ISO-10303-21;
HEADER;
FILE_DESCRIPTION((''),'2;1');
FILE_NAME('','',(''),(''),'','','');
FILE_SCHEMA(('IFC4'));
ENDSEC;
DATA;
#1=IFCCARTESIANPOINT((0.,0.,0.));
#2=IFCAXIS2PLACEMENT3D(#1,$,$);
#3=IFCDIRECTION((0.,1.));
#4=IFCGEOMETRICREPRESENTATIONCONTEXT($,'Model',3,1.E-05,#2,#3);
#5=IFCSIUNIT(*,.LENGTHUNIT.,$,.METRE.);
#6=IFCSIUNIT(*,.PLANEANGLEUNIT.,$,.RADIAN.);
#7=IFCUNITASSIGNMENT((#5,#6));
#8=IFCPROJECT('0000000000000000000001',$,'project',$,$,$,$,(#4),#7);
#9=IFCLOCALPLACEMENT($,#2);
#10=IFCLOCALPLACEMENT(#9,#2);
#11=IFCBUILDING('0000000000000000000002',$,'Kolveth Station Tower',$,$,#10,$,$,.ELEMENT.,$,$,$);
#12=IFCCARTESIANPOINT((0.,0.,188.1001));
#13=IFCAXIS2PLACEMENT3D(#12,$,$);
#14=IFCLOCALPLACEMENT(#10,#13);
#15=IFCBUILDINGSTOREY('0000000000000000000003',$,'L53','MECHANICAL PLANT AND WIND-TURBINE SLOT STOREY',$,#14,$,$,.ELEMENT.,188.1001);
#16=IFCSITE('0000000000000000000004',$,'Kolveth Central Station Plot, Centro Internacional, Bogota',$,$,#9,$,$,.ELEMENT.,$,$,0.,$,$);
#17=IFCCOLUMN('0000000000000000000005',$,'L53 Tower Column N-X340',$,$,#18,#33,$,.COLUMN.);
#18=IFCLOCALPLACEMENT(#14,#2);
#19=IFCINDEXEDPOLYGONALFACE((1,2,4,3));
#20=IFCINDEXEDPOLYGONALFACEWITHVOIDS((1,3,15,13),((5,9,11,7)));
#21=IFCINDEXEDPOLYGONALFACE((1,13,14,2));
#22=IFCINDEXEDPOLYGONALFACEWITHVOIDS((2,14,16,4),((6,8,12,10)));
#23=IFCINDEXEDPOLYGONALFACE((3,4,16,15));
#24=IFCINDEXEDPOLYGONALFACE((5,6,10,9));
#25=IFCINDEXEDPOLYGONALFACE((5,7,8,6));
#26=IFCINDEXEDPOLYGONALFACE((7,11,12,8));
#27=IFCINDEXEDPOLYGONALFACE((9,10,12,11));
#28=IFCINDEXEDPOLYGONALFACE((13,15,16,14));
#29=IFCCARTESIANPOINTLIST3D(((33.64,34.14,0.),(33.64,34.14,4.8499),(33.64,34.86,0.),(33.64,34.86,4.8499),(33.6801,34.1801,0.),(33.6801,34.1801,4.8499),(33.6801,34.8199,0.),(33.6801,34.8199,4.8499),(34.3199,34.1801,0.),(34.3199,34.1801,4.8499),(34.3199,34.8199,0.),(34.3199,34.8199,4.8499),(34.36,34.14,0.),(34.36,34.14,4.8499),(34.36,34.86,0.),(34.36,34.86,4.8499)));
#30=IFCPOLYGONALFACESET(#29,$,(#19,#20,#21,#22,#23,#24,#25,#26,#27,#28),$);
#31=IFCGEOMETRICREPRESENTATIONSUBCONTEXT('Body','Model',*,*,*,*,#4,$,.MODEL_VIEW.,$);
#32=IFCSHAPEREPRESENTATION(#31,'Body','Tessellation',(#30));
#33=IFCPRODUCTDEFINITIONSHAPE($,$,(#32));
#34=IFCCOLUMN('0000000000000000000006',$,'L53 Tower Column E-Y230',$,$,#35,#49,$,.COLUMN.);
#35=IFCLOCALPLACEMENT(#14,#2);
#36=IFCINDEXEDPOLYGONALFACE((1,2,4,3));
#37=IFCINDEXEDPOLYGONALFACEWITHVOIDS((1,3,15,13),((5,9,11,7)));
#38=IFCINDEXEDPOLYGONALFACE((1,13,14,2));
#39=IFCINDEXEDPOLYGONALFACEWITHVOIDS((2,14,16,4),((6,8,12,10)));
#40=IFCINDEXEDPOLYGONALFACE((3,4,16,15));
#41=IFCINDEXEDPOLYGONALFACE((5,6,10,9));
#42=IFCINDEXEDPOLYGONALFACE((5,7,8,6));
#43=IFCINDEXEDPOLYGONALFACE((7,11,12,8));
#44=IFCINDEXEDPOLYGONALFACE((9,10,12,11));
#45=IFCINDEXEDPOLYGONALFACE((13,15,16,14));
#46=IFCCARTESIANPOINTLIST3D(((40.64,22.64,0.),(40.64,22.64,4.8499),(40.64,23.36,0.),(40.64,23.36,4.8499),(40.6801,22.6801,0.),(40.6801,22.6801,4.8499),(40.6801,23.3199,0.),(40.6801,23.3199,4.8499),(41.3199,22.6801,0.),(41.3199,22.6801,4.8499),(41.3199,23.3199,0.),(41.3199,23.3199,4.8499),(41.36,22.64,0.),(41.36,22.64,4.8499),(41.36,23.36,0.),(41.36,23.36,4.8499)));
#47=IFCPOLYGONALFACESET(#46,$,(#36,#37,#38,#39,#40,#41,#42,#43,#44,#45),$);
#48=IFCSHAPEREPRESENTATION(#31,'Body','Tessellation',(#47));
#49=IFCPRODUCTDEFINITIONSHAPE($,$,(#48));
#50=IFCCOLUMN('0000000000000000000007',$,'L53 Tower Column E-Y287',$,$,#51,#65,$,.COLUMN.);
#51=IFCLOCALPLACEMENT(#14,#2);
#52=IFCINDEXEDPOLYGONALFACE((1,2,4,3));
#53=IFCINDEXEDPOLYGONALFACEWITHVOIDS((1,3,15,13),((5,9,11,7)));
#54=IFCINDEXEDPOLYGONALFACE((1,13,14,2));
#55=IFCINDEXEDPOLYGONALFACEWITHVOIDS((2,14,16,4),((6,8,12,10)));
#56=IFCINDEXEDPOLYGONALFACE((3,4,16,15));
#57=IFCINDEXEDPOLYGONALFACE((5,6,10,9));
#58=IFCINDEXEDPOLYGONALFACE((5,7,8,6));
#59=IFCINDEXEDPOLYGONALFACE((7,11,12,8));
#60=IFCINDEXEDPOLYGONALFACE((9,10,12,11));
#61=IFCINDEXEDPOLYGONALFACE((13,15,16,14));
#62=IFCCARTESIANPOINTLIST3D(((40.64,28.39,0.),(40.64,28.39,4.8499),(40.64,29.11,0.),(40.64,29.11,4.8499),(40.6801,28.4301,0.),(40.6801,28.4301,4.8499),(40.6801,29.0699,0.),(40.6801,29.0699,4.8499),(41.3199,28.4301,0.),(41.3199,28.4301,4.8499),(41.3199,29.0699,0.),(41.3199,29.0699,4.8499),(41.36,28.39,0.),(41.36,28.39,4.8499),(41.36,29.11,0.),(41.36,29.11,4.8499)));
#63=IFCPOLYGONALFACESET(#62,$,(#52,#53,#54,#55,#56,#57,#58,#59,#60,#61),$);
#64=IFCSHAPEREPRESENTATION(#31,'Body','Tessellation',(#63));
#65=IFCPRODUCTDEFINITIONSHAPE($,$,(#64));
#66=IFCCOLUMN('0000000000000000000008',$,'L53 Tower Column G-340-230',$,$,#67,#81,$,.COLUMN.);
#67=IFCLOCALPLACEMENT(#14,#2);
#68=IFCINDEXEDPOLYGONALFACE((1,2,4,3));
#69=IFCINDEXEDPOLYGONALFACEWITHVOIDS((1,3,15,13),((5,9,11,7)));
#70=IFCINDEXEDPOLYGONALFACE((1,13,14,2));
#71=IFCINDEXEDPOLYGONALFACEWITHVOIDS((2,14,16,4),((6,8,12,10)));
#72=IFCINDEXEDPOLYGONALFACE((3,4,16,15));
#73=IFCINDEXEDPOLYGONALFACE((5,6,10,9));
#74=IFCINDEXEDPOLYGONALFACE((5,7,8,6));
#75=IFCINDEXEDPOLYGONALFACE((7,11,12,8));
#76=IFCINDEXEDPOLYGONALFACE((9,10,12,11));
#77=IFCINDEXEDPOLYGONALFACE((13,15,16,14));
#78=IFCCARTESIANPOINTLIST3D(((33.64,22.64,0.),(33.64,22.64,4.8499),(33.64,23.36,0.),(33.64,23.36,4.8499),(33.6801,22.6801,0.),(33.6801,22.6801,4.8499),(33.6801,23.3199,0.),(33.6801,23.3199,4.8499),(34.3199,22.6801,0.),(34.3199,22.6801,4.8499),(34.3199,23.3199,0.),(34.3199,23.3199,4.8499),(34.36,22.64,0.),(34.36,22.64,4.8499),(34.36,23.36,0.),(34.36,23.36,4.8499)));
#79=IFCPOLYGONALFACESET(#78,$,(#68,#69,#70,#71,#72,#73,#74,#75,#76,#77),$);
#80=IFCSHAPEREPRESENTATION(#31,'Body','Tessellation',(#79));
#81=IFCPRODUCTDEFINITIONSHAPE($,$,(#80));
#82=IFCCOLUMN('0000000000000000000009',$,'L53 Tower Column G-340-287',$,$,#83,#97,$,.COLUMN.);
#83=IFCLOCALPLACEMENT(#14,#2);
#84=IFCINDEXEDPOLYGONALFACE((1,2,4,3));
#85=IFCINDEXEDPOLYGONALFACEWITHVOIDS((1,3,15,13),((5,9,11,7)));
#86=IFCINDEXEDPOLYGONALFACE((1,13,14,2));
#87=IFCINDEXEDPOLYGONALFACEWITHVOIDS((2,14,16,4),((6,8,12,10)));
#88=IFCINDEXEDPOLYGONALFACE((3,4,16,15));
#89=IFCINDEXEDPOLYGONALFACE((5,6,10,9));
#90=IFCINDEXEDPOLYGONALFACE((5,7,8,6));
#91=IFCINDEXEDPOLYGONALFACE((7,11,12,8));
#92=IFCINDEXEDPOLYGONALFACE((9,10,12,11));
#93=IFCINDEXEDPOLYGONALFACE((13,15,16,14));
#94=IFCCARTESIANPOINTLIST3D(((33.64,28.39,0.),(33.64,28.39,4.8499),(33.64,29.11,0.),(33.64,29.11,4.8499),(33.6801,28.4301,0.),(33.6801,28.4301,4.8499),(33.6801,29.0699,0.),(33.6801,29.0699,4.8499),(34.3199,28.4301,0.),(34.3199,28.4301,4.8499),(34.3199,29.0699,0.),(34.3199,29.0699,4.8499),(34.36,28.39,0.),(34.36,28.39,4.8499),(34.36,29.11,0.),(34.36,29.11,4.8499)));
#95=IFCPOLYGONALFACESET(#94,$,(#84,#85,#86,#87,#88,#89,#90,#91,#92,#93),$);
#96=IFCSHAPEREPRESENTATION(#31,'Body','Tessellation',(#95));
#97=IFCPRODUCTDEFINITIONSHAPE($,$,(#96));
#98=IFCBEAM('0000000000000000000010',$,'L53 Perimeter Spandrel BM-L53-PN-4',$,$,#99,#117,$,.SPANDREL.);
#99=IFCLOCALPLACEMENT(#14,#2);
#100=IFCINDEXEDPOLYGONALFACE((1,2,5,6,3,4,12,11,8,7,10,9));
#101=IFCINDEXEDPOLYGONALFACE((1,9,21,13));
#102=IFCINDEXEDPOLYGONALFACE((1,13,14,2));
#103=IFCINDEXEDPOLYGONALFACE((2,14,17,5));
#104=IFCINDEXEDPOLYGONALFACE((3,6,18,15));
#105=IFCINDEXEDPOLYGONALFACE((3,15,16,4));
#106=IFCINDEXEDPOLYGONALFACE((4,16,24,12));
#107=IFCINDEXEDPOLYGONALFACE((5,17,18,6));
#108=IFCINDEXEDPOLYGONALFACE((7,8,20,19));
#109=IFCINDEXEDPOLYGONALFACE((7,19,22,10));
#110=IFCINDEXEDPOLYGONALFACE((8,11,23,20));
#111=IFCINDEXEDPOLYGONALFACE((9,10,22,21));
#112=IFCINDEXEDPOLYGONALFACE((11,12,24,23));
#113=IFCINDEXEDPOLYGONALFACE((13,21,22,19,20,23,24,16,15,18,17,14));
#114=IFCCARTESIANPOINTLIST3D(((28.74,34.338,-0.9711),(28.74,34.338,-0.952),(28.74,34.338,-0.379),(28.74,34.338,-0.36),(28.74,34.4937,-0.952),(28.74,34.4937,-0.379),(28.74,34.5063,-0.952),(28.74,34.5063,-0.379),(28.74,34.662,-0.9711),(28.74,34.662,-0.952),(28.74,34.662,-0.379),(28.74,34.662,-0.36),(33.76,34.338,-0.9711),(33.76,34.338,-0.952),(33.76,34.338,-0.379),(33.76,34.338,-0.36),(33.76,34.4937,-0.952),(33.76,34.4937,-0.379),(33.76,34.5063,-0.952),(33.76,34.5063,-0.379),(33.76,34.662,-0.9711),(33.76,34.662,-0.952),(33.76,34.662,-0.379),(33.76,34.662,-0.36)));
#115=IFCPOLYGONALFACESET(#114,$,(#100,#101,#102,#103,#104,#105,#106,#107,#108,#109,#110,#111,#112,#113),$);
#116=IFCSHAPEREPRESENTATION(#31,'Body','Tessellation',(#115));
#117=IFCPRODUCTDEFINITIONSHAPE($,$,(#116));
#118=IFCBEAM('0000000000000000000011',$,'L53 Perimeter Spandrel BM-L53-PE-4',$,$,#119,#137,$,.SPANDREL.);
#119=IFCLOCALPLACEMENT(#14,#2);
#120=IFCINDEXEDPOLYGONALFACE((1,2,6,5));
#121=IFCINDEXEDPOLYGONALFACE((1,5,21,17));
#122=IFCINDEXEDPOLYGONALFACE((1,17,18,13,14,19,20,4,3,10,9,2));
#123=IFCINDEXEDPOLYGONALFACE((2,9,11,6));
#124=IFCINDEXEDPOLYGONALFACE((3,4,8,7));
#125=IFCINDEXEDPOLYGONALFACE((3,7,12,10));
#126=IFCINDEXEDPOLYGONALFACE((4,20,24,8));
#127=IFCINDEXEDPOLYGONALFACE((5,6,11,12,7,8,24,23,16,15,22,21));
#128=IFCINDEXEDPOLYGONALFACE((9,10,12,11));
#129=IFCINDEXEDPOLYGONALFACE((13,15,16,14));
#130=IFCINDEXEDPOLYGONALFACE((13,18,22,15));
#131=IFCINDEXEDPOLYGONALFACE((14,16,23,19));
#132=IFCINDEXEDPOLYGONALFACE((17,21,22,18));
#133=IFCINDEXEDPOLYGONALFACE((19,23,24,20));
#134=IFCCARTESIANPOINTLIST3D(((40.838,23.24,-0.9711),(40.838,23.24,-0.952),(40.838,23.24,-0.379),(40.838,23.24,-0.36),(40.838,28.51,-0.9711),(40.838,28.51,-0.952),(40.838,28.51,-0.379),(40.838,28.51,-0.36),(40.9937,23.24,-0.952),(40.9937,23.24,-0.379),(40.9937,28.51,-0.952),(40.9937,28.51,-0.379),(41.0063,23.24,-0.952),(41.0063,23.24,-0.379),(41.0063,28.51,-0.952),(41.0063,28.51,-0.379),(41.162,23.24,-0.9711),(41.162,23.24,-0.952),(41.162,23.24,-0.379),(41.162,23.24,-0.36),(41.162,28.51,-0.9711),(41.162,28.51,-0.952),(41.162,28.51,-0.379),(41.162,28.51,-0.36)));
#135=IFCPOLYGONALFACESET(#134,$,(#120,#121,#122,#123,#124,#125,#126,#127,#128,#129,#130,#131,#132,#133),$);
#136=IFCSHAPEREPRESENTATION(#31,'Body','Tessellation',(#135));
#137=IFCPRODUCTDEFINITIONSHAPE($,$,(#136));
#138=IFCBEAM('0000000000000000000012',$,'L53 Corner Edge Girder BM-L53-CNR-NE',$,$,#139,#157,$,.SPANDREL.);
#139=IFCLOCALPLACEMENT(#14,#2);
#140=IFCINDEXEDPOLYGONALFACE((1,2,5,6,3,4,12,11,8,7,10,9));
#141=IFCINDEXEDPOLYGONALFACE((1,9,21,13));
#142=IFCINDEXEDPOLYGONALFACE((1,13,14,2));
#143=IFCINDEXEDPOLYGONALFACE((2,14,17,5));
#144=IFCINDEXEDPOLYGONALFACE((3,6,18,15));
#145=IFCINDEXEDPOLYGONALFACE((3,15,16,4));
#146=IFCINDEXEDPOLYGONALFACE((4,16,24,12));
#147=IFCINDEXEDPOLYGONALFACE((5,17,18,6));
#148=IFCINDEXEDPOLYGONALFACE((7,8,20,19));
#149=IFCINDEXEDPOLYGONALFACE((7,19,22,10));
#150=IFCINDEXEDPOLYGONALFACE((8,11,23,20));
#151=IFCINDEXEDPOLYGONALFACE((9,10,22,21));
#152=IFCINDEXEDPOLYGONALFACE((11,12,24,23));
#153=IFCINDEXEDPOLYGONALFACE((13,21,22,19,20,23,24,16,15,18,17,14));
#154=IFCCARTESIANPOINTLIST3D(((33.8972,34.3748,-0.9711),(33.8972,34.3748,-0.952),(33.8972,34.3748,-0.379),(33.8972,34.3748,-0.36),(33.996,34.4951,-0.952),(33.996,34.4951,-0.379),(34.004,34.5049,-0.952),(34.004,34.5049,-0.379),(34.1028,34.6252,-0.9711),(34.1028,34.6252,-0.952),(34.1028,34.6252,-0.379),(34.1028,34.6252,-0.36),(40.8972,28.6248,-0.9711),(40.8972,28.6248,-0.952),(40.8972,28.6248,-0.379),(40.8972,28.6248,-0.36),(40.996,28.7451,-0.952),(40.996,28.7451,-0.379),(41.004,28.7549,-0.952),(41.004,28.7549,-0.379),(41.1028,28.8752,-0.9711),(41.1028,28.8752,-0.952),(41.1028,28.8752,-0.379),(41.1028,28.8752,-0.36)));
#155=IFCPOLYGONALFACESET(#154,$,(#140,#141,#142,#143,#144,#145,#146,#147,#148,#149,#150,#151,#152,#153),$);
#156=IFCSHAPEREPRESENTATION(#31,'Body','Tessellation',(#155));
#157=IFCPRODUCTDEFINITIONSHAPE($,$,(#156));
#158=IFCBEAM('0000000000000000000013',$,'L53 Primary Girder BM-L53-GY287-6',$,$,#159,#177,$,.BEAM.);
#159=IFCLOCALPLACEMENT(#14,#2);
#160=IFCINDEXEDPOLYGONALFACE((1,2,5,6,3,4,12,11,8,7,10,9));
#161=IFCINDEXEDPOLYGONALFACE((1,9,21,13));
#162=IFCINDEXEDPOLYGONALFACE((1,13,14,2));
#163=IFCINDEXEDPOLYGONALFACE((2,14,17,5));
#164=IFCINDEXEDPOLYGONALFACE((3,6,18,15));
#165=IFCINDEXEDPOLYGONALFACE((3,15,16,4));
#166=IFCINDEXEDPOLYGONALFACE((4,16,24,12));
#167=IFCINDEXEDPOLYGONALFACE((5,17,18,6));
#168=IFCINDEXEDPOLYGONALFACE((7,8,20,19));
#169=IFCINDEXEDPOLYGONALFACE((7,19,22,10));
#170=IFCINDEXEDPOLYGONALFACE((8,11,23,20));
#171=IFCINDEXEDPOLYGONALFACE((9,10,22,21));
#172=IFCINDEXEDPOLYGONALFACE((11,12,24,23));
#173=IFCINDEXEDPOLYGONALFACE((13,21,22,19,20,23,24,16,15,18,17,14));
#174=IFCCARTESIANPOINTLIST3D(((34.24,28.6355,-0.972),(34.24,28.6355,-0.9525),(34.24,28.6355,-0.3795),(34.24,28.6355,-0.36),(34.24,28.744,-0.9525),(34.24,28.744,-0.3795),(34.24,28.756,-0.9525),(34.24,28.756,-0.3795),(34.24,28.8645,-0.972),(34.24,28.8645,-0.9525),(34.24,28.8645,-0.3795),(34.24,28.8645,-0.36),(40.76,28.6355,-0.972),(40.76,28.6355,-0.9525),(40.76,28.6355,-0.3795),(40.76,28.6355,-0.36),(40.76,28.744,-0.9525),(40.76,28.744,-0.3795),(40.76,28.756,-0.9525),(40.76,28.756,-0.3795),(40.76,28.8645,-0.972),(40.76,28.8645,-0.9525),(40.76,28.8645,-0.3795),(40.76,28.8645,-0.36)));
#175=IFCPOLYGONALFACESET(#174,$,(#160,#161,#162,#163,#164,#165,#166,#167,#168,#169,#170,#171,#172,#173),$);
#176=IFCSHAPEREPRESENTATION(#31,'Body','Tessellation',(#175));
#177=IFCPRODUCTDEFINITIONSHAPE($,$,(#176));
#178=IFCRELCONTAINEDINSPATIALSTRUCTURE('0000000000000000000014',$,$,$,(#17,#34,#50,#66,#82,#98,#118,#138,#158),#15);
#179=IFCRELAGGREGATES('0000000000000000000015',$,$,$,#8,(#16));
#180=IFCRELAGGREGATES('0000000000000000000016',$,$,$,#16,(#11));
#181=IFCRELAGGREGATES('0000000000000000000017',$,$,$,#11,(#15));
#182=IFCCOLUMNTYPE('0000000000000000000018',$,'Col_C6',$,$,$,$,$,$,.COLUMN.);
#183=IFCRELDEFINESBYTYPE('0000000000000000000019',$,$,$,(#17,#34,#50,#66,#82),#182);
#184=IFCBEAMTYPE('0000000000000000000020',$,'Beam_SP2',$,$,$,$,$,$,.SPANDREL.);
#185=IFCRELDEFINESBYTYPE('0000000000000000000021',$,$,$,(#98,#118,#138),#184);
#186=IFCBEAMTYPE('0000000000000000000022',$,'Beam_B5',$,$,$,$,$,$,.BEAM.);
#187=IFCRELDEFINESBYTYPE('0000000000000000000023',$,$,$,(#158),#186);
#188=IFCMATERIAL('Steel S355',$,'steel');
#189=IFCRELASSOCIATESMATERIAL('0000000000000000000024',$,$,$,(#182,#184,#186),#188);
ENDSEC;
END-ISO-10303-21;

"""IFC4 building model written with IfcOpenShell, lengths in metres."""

from ifc_helpers import new_model, si_unit, direction, frame, origin, origin_2d, place, context, subcontext, project, spatial, hollow_rectangle, i_section, extrude, source, transform, mapped, material, material_profile, profile_set, type_object, element, save


model = new_model("IFC4")

# Units and contexts
model_context = context("Model", 3, precision=1e-05, world=origin(), true_north=direction((0.0, 1.0)))
body_context = subcontext(model_context, "Body", "Model", "MODEL_VIEW")
ifc_project = project(units=[si_unit("LENGTHUNIT", "METRE"), si_unit("PLANEANGLEUNIT", "RADIAN")], contexts=[model_context])

# Site, building, storey
site_placement = place(None, origin())
site = spatial("IfcSite", under=ifc_project, at=site_placement, Name="Kolveth Central Station Plot, Centro Internacional, Bogota", CompositionType="ELEMENT", RefElevation=0.0)
building_placement = place(site_placement, origin())
building = spatial("IfcBuilding", under=site, at=building_placement, Name="Kolveth Station Tower", CompositionType="ELEMENT")
storey_placement = place(building_placement, frame((0.0, 0.0, 188.1001)))
storey = spatial("IfcBuildingStorey", under=building, at=storey_placement, Name="L53", Description="MECHANICAL PLANT AND WIND-TURBINE SLOT STOREY", CompositionType="ELEMENT", Elevation=188.1001)

# Columns
ifc_material_1 = material(Name="Steel S355", Category="steel")
ifc_material_profile_1 = material_profile(ifc_material_1, hollow_rectangle(XDim=0.72, YDim=0.72, WallThickness=0.04, at=origin_2d()), Name="BOX720x720x40")
ifc_profile_set_1 = profile_set([ifc_material_profile_1], Name="Steel S355")
column_type = type_object("IfcColumnType", Name="Col_C6", PredefinedType="COLUMN", material=ifc_profile_set_1)
shared_shape_1 = source(origin(), body_context, "Body", "SweptSolid", [
    extrude(hollow_rectangle(XDim=0.72, YDim=0.72, WallThickness=0.04, at=origin_2d()), origin(), (0.0, 0.0, 1.0), 4.8499),
])
for number, where, z_axis, x_axis, name in (
    (1, (34.0, 34.5, 0.0), (0.0, 0.0, 1.0), (1.0, 0.0, 0.0), "L53 Tower Column N-X340"),
    (2, (41.0, 23.0, 0.0), (0.0, 0.0, 1.0), (1.0, 0.0, 0.0), "L53 Tower Column E-Y230"),
    (3, (41.0, 28.75, 0.0), (0.0, 0.0, 1.0), (1.0, 0.0, 0.0), "L53 Tower Column E-Y287"),
    (4, (34.0, 23.0, 0.0), (0.0, 0.0, 1.0), (1.0, 0.0, 0.0), "L53 Tower Column G-340-230"),
    (5, (34.0, 28.75, 0.0), (0.0, 0.0, 1.0), (1.0, 0.0, 0.0), "L53 Tower Column G-340-287"),
):
    element("IfcColumn", number, at=place(storey_placement, frame(where, z_axis=z_axis, x_axis=x_axis)), inside=storey, type_object=column_type, Name=name, PredefinedType="COLUMN", context=body_context, shape_type="MappedRepresentation", body=[
        mapped(shared_shape_1, transform((0.0, 0.0, 0.0), x_axis=(1.0, 0.0, 0.0), y_axis=(0.0, 1.0, 0.0), z_axis=(0.0, 0.0, 1.0), scale=1.0)),
    ])

# Beams
ifc_material_profile_2 = material_profile(ifc_material_1, i_section(OverallWidth=0.324, OverallDepth=0.6111, WebThickness=0.0127, FlangeThickness=0.019, at=origin_2d()), Name="W610x155")
ifc_profile_set_2 = profile_set([ifc_material_profile_2], Name="Steel S355")
beam_type_1 = type_object("IfcBeamType", Name="Beam_SP2", PredefinedType="SPANDREL", material=ifc_profile_set_2)
shared_shape_2 = source(origin(), body_context, "Body", "SweptSolid", [
    extrude(i_section(OverallWidth=0.324, OverallDepth=0.6111, WebThickness=0.0127, FlangeThickness=0.019, at=origin_2d()), origin(), (0.0, 0.0, 1.0), 5.02),
])
beam_1_placement = place(storey_placement, frame((28.74, 34.5, -0.6655), z_axis=(1.0, 0.0, 0.0), x_axis=(0.0, 1.0, 0.0)))
element("IfcBeam", 6, at=beam_1_placement, inside=storey, type_object=beam_type_1, Name="L53 Perimeter Spandrel BM-L53-PN-4", PredefinedType="SPANDREL", context=body_context, shape_type="MappedRepresentation", body=[
    mapped(shared_shape_2, transform((0.0, 0.0, 0.0), x_axis=(1.0, 0.0, 0.0), y_axis=(0.0, 1.0, 0.0), z_axis=(0.0, 0.0, 1.0), scale=1.0)),
])
shared_shape_3 = source(origin(), body_context, "Body", "SweptSolid", [
    extrude(i_section(OverallWidth=0.324, OverallDepth=0.6111, WebThickness=0.0127, FlangeThickness=0.019, at=origin_2d()), origin(), (0.0, 0.0, 1.0), 5.27),
])
beam_2_placement = place(storey_placement, frame((41.0, 23.24, -0.6655), z_axis=(0.0, 1.0, 0.0), x_axis=(-1.0, 0.0, 0.0)))
element("IfcBeam", 7, at=beam_2_placement, inside=storey, type_object=beam_type_1, Name="L53 Perimeter Spandrel BM-L53-PE-4", PredefinedType="SPANDREL", context=body_context, shape_type="MappedRepresentation", body=[
    mapped(shared_shape_3, transform((0.0, 0.0, 0.0), x_axis=(1.0, 0.0, 0.0), y_axis=(0.0, 1.0, 0.0), z_axis=(0.0, 0.0, 1.0), scale=1.0)),
])
shared_shape_4 = source(origin(), body_context, "Body", "SweptSolid", [
    extrude(i_section(OverallWidth=0.324, OverallDepth=0.6111, WebThickness=0.0127, FlangeThickness=0.019, at=origin_2d()), origin(), (0.0, 0.0, 1.0), 9.0588),
])
beam_3_placement = place(storey_placement, frame((41.0, 28.75, -0.6655), z_axis=(-0.772726, 0.634739, 0.0), x_axis=(-0.634739, -0.772726, 0.0)))
element("IfcBeam", 8, at=beam_3_placement, inside=storey, type_object=beam_type_1, Name="L53 Corner Edge Girder BM-L53-CNR-NE", PredefinedType="SPANDREL", context=body_context, shape_type="MappedRepresentation", body=[
    mapped(shared_shape_4, transform((0.0, 0.0, 0.0), x_axis=(1.0, 0.0, 0.0), y_axis=(0.0, 1.0, 0.0), z_axis=(0.0, 0.0, 1.0), scale=1.0)),
])
ifc_material_profile_3 = material_profile(ifc_material_1, i_section(OverallWidth=0.229, OverallDepth=0.6121, WebThickness=0.012, FlangeThickness=0.0195, at=origin_2d()), Name="W610x125")
ifc_profile_set_3 = profile_set([ifc_material_profile_3], Name="Steel S355")
beam_type_2 = type_object("IfcBeamType", Name="Beam_B5", PredefinedType="BEAM", material=ifc_profile_set_3)
shared_shape_5 = source(origin(), body_context, "Body", "SweptSolid", [
    extrude(i_section(OverallWidth=0.229, OverallDepth=0.6121, WebThickness=0.012, FlangeThickness=0.0195, at=origin_2d()), origin(), (0.0, 0.0, 1.0), 6.52),
])
beam_4_placement = place(storey_placement, frame((34.24, 28.75, -0.666), z_axis=(1.0, 0.0, 0.0), x_axis=(0.0, 1.0, 0.0)))
element("IfcBeam", 9, at=beam_4_placement, inside=storey, type_object=beam_type_2, Name="L53 Primary Girder BM-L53-GY287-6", PredefinedType="BEAM", context=body_context, shape_type="MappedRepresentation", body=[
    mapped(shared_shape_5, transform((0.0, 0.0, 0.0), x_axis=(1.0, 0.0, 0.0), y_axis=(0.0, 1.0, 0.0), z_axis=(0.0, 0.0, 1.0), scale=1.0)),
])

save(model, "model.ifc")
